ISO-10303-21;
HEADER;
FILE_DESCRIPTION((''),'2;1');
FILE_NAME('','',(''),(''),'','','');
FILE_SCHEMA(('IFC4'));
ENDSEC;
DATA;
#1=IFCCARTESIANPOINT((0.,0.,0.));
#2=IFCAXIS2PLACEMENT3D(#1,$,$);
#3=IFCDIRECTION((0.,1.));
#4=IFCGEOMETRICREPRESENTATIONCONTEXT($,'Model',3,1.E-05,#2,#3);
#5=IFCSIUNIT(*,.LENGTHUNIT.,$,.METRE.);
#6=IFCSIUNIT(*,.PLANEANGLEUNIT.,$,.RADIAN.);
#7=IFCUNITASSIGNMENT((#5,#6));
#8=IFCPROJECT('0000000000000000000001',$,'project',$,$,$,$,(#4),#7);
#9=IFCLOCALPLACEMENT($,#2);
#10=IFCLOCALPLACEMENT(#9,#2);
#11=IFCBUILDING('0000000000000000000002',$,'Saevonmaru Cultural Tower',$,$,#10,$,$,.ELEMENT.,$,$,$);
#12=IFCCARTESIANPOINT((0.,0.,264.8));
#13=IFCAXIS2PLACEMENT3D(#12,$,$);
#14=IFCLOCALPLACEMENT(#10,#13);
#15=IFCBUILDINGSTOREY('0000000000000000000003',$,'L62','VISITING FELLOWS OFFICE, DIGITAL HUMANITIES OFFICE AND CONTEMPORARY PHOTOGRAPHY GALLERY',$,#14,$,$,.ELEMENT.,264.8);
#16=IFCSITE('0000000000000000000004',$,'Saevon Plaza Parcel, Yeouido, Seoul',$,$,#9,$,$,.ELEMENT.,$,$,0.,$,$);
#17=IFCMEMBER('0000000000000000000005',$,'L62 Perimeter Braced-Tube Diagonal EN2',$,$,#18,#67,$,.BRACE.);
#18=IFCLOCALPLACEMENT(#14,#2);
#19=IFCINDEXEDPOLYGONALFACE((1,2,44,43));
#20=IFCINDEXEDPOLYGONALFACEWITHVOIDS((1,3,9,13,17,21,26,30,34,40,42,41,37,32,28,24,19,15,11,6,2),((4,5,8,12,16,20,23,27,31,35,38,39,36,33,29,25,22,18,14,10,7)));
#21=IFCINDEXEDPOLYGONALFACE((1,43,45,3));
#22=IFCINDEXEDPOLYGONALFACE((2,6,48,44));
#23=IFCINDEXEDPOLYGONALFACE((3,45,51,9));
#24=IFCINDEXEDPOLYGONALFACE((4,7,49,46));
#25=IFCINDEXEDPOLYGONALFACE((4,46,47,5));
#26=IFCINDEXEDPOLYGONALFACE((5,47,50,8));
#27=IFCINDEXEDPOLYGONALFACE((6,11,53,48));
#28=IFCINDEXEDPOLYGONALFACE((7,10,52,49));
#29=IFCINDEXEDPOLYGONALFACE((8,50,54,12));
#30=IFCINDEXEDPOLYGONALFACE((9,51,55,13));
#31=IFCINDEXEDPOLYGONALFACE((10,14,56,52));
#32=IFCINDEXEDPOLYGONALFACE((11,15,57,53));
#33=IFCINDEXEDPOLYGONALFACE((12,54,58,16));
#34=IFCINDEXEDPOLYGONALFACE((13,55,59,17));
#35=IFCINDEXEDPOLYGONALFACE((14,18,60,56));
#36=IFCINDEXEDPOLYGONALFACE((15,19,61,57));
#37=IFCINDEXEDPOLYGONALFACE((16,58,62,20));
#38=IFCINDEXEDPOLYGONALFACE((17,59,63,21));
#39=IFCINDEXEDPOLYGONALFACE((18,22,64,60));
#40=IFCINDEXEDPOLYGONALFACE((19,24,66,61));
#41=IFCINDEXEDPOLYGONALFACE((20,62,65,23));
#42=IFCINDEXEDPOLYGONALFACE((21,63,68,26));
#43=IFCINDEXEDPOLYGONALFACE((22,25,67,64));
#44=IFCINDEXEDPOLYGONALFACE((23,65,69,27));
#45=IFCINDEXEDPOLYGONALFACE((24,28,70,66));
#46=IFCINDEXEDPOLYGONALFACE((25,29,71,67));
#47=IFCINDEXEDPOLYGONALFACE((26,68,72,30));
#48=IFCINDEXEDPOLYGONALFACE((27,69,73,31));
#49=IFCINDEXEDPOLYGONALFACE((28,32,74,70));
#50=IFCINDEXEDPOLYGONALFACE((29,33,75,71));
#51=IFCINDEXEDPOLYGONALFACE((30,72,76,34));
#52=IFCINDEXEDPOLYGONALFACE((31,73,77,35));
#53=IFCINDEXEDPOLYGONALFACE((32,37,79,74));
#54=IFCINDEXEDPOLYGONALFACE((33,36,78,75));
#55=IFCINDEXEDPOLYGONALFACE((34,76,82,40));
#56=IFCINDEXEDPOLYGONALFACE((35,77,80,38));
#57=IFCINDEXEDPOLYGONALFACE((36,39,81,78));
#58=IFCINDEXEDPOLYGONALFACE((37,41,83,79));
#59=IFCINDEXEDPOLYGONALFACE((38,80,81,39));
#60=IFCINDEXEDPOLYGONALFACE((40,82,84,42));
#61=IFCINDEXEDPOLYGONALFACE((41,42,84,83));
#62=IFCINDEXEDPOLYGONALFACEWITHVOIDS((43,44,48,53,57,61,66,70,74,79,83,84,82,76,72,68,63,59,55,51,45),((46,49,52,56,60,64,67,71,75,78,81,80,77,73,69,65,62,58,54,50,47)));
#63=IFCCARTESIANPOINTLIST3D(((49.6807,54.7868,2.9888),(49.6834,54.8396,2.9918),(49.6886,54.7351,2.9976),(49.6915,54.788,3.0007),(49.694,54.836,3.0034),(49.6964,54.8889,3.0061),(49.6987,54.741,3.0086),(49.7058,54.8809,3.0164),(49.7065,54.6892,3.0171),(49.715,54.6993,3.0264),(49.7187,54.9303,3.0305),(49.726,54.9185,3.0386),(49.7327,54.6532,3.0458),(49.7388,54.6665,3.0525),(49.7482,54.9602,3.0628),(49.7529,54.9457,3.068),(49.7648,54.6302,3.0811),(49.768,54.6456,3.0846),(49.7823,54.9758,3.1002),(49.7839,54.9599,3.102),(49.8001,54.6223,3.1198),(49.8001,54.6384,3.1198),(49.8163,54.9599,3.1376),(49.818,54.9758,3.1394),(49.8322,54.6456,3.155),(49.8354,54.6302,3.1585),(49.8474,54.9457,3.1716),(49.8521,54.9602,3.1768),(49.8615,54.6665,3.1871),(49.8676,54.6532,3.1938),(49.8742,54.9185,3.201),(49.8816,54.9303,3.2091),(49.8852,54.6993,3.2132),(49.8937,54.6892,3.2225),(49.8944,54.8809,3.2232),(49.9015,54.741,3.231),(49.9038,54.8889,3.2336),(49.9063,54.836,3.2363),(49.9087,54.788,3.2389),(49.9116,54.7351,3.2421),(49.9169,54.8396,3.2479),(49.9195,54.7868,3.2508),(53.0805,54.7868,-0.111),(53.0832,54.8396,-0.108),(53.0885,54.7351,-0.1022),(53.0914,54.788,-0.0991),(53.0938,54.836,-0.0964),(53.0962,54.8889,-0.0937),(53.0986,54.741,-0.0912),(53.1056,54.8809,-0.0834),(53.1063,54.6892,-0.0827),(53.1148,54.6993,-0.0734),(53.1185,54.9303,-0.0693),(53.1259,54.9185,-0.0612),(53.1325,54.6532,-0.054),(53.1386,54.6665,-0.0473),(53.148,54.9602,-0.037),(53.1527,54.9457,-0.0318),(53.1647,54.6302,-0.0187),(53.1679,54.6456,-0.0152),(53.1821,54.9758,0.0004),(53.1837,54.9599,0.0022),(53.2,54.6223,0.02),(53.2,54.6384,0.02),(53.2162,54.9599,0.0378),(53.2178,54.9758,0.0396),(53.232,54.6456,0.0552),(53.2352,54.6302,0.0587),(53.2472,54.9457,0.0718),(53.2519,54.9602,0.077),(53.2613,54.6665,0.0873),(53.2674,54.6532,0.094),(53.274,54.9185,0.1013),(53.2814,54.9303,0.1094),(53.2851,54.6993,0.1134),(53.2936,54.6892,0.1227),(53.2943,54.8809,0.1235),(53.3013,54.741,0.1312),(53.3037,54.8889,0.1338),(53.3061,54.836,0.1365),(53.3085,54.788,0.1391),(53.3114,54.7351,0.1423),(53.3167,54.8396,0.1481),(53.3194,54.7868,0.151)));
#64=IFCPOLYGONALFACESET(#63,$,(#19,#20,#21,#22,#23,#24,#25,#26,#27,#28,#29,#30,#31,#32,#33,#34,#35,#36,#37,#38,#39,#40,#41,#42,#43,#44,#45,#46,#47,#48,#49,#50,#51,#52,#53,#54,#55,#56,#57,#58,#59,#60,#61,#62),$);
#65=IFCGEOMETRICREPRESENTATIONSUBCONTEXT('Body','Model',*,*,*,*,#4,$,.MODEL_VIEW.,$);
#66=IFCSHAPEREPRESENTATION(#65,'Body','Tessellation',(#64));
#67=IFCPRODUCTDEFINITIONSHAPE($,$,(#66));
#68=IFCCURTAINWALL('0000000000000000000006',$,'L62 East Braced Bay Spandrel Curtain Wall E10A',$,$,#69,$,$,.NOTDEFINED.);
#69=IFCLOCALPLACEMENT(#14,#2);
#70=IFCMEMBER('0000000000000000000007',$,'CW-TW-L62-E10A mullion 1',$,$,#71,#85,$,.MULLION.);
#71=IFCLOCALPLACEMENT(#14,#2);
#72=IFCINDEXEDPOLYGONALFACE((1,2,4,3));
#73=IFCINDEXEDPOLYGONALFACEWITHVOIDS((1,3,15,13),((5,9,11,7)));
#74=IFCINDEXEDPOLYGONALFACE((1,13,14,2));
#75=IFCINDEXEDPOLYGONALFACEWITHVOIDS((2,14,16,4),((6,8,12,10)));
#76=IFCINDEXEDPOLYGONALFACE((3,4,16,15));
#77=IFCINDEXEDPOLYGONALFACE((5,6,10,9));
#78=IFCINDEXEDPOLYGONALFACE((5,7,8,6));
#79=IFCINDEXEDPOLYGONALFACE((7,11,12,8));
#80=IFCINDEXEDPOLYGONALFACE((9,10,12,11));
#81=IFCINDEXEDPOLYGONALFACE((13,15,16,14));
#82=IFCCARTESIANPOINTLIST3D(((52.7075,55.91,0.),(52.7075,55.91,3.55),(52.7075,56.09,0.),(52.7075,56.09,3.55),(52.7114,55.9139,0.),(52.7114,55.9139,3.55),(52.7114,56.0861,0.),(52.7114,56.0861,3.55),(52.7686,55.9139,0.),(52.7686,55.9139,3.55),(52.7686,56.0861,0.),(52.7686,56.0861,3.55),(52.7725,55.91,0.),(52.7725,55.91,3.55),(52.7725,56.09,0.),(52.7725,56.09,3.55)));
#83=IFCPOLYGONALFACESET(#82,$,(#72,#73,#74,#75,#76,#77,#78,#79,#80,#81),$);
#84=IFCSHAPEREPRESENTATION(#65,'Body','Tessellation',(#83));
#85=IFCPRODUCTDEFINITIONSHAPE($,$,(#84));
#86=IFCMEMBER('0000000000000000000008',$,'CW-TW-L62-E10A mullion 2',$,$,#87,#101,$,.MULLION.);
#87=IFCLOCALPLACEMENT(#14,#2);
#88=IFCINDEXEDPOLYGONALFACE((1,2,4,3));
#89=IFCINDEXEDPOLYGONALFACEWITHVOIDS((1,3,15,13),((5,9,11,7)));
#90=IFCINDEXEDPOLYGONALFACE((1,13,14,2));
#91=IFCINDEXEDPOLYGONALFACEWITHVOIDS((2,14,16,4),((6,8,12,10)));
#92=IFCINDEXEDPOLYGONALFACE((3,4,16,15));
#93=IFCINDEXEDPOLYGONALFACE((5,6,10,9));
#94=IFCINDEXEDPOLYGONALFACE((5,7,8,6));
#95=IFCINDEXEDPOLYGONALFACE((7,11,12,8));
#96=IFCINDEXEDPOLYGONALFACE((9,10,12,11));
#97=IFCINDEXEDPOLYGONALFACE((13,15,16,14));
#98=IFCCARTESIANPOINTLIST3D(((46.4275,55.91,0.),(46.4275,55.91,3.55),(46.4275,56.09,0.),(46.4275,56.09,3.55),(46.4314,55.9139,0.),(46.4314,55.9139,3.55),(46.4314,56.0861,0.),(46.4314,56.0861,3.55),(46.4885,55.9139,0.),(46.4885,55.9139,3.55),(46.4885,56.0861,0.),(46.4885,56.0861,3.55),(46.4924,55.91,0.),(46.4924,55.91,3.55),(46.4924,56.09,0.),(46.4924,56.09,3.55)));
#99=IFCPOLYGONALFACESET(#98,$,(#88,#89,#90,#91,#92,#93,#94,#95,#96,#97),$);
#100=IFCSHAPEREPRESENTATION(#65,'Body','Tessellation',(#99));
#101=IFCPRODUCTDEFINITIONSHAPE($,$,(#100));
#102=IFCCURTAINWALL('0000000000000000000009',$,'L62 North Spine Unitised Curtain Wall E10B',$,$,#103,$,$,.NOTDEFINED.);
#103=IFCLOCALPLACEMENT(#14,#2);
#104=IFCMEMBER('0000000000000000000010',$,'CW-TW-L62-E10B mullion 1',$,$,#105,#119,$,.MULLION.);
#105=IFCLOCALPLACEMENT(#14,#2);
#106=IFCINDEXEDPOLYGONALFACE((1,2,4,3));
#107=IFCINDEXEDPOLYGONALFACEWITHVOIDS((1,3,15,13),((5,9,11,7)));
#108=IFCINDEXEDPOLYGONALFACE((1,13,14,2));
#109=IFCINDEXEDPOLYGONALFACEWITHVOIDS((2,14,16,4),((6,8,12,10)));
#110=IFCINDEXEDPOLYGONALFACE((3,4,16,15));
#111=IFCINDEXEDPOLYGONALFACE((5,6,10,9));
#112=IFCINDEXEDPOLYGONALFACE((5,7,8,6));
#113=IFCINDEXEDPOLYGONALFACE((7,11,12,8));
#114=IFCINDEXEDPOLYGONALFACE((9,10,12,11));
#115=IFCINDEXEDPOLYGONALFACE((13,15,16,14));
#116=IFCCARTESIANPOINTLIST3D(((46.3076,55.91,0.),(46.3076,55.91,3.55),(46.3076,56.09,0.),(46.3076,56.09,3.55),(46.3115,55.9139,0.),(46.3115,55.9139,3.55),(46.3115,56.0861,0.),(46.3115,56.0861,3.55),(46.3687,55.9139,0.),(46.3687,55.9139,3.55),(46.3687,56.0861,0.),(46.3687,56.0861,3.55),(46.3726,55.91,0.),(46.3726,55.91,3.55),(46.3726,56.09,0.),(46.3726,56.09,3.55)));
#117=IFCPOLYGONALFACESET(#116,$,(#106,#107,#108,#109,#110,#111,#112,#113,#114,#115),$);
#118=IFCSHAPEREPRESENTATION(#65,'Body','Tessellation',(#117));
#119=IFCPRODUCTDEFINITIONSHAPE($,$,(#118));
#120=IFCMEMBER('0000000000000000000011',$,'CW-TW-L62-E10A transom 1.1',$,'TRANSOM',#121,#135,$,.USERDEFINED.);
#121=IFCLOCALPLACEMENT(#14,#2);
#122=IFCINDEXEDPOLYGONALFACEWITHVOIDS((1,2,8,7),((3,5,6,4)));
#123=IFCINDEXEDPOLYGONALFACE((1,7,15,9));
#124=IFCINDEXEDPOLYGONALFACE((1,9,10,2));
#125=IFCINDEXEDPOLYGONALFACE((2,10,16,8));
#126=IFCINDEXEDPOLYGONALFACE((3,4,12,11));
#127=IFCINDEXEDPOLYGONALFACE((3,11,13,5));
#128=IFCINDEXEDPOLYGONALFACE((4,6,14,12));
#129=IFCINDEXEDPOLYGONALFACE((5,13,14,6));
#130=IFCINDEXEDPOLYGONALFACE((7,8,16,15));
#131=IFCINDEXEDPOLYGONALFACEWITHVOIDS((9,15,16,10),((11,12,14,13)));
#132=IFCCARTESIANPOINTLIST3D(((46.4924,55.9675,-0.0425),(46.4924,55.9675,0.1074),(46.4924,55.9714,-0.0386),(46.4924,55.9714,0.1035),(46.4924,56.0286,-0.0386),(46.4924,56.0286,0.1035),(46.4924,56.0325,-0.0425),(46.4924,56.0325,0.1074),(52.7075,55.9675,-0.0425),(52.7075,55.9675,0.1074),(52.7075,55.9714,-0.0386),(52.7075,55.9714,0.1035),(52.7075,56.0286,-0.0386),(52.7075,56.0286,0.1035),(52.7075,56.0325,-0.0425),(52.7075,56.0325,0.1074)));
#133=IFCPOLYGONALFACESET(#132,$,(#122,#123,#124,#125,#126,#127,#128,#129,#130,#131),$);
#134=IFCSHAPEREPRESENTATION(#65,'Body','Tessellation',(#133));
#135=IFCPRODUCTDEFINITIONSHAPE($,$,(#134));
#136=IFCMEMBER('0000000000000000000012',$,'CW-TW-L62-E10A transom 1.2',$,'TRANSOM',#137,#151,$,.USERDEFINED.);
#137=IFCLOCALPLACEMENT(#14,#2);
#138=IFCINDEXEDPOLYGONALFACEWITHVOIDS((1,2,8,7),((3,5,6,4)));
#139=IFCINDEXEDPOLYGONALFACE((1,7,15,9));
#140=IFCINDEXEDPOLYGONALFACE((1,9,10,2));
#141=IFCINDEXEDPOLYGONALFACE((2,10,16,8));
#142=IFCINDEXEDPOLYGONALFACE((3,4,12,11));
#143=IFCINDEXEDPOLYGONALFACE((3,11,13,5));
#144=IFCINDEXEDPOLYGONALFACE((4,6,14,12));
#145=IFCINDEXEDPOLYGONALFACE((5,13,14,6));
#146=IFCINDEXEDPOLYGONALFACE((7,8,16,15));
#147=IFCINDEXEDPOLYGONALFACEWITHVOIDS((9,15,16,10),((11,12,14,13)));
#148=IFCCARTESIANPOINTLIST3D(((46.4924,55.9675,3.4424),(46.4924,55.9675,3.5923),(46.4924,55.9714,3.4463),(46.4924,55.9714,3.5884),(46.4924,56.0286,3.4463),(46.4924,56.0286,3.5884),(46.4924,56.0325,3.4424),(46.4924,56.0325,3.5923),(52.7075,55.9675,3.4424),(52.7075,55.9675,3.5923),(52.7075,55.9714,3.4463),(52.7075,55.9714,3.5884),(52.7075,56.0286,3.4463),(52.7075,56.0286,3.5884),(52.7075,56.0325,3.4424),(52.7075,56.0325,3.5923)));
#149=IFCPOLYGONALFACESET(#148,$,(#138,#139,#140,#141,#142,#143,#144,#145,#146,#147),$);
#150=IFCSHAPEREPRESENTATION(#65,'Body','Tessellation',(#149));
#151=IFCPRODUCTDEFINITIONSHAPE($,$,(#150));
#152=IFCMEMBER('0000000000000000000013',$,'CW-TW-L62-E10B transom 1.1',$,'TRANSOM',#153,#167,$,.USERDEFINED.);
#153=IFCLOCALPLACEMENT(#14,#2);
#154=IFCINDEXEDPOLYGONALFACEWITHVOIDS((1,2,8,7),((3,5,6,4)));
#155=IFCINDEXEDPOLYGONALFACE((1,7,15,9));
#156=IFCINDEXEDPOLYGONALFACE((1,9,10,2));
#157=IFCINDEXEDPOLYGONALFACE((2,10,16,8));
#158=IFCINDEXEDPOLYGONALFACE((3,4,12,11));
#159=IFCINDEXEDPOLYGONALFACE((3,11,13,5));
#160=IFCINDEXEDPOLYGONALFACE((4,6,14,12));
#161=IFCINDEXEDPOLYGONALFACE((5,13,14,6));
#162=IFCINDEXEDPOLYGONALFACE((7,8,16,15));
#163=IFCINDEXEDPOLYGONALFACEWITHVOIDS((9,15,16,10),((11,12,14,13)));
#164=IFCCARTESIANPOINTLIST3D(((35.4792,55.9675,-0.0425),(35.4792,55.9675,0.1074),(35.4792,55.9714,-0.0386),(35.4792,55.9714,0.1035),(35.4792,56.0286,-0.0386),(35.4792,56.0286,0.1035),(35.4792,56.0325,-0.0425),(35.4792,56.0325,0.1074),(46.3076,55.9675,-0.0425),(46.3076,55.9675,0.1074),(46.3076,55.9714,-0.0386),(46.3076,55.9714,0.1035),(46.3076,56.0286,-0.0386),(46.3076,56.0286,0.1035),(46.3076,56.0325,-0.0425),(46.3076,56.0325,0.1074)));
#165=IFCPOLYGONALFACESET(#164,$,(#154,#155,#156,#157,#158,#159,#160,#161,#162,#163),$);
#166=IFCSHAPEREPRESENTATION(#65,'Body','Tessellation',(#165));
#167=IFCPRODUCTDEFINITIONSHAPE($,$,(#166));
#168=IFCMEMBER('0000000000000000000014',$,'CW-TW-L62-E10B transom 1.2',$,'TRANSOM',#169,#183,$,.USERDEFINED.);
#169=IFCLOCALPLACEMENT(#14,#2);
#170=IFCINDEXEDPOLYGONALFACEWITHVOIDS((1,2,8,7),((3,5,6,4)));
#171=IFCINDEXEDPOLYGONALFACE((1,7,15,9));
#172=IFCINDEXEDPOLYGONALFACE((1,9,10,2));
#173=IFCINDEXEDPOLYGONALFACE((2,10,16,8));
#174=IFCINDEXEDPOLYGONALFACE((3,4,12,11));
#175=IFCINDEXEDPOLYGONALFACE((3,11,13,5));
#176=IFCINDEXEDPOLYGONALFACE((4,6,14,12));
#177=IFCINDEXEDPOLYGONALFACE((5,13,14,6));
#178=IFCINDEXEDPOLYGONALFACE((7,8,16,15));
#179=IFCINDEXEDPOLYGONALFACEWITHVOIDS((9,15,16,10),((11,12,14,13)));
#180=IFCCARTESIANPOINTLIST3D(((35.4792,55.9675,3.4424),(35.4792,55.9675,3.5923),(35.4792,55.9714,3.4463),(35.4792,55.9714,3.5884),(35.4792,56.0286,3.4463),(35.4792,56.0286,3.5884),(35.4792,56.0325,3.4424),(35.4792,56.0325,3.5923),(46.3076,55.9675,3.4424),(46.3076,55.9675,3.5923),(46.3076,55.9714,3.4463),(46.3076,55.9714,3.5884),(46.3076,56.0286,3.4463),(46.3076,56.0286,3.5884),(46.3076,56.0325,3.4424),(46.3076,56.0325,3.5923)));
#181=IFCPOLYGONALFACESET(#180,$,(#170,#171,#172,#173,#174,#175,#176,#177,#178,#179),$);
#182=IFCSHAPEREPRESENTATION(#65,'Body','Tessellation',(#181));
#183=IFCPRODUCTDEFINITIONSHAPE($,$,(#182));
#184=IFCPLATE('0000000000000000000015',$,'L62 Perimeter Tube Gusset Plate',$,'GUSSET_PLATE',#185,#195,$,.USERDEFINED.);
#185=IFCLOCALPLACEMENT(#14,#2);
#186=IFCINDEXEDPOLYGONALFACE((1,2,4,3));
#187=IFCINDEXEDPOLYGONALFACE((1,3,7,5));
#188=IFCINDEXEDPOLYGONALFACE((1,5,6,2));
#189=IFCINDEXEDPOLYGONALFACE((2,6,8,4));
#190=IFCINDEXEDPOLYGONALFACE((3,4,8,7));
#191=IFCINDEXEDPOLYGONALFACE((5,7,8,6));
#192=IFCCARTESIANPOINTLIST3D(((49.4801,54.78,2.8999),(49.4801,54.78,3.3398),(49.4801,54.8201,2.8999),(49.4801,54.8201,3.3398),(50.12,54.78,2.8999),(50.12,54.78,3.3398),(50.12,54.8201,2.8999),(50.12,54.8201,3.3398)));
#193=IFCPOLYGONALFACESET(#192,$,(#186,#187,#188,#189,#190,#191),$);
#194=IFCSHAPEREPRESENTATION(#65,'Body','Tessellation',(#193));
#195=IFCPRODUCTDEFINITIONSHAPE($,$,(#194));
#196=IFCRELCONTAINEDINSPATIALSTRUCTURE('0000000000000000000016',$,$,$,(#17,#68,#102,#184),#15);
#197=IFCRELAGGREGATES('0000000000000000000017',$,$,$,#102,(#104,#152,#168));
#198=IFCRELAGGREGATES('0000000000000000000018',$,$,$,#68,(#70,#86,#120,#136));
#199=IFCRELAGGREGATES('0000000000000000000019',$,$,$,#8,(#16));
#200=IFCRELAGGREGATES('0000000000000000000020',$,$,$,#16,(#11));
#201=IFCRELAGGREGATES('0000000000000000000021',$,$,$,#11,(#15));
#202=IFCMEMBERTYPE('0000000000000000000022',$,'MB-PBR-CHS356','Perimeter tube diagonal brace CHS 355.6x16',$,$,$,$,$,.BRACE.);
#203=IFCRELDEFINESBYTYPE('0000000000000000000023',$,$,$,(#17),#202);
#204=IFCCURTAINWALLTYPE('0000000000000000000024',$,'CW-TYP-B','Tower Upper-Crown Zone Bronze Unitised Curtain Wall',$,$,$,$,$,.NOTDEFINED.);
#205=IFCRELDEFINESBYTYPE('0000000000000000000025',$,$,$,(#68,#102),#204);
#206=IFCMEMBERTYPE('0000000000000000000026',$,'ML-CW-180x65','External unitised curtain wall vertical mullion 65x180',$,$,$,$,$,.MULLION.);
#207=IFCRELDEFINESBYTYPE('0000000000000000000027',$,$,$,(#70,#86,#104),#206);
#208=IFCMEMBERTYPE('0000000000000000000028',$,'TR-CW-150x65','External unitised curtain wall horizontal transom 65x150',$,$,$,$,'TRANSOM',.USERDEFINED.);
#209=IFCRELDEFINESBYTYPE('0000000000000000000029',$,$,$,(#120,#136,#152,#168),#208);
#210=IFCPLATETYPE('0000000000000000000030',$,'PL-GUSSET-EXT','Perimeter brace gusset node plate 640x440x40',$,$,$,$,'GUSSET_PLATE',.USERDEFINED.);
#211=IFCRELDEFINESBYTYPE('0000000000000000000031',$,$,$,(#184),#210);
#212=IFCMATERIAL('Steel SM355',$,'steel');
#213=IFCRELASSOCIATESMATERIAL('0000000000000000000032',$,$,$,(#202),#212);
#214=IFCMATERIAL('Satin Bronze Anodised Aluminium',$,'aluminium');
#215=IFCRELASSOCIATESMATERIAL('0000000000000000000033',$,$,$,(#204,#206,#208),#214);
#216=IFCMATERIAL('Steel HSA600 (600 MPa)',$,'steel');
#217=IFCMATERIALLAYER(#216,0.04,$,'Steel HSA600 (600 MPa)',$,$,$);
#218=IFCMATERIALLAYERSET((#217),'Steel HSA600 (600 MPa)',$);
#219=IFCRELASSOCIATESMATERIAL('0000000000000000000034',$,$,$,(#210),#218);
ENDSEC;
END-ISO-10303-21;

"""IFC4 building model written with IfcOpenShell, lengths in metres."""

from ifc_helpers import new_model, si_unit, direction, frame, origin, origin_2d, place, context, subcontext, project, spatial, rectangle, hollow_rectangle, hollow_circle, extrude, material, layer, layer_set, material_profile, profile_set, type_object, element, aggregate, save


model = new_model("IFC4")

# Units and contexts
model_context = context("Model", 3, precision=1e-05, world=origin(), true_north=direction((0.0, 1.0)))
body_context = subcontext(model_context, "Body", "Model", "MODEL_VIEW")
ifc_project = project(units=[si_unit("LENGTHUNIT", "METRE"), si_unit("PLANEANGLEUNIT", "RADIAN")], contexts=[model_context])

# Site, building, storey
site_placement = place(None, origin())
site = spatial("IfcSite", under=ifc_project, at=site_placement, Name="Saevon Plaza Parcel, Yeouido, Seoul", CompositionType="ELEMENT", RefElevation=0.0)
building_placement = place(site_placement, origin())
building = spatial("IfcBuilding", under=site, at=building_placement, Name="Saevonmaru Cultural Tower", CompositionType="ELEMENT")
storey_placement = place(building_placement, frame((0.0, 0.0, 264.8)))
storey = spatial("IfcBuildingStorey", under=building, at=storey_placement, Name="L62", Description="VISITING FELLOWS OFFICE, DIGITAL HUMANITIES OFFICE AND CONTEMPORARY PHOTOGRAPHY GALLERY", CompositionType="ELEMENT", Elevation=264.8)

# Shared definitions
ifc_material_1 = material(Name="Steel SM355", Category="steel")

# Member
ifc_material_profile_1 = material_profile(ifc_material_1, hollow_circle(Radius=0.1777, WallThickness=0.0161, at=origin_2d()), Name="CHS-355.6x16")
ifc_profile_set_1 = profile_set([ifc_material_profile_1], Name="Steel SM355")
member_type_1 = type_object("IfcMemberType", Name="MB-PBR-CHS356", Description="Perimeter tube diagonal brace CHS 355.6x16", PredefinedType="BRACE", material=ifc_profile_set_1)
member_1_placement = place(storey_placement, frame((53.2, 54.8, 0.02), z_axis=(-0.738962, 0.0, 0.673747), x_axis=(0.0, -1.0, 0.0)))
element("IfcMember", 1, at=member_1_placement, inside=storey, type_object=member_type_1, Name="L62 Perimeter Braced-Tube Diagonal EN2", PredefinedType="BRACE", context=body_context, shape_type="SweptSolid", body=[
    extrude(hollow_circle(Radius=0.1777, WallThickness=0.0161, at=origin_2d()), origin(), (0.0, 0.0, 1.0), 4.6008),
])

# Curtain wall, members
ifc_material_2 = material(Name="Satin Bronze Anodised Aluminium", Category="aluminium")
curtain_wall_type = type_object("IfcCurtainWallType", Name="CW-TYP-B", Description="Tower Upper-Crown Zone Bronze Unitised Curtain Wall", PredefinedType="NOTDEFINED", material=ifc_material_2)
curtain_wall_1_placement = place(storey_placement, origin())
curtain_wall_1 = element("IfcCurtainWall", 2, at=curtain_wall_1_placement, inside=storey, type_object=curtain_wall_type, Name="L62 East Braced Bay Spandrel Curtain Wall E10A", PredefinedType="NOTDEFINED")
ifc_material_profile_2 = material_profile(ifc_material_2, hollow_rectangle(XDim=0.0649, YDim=0.1799, WallThickness=0.0039, at=origin_2d()), Name="ALU-MULL-180x65x4")
ifc_profile_set_2 = profile_set([ifc_material_profile_2], Name="Satin Bronze Anodised Aluminium")
member_type_2 = type_object("IfcMemberType", Name="ML-CW-180x65", Description="External unitised curtain wall vertical mullion 65x180", PredefinedType="MULLION", material=ifc_profile_set_2)
member_2_placement = place(storey_placement, frame((52.74, 56.0, 0.0), z_axis=(0.0, 0.0, 1.0), x_axis=(-1.0, 0.0, 0.0)))
member_2 = element("IfcMember", 3, at=member_2_placement, type_object=member_type_2, Name="CW-TW-L62-E10A mullion 1", PredefinedType="MULLION", context=body_context, shape_type="SweptSolid", body=[
    extrude(hollow_rectangle(XDim=0.0649, YDim=0.1799, WallThickness=0.0039, at=origin_2d()), origin(), (0.0, 0.0, 1.0), 3.55),
])
member_3_placement = place(storey_placement, frame((46.46, 56.0, 0.0), z_axis=(0.0, 0.0, 1.0), x_axis=(-1.0, 0.0, 0.0)))
member_3 = element("IfcMember", 4, at=member_3_placement, type_object=member_type_2, Name="CW-TW-L62-E10A mullion 2", PredefinedType="MULLION", context=body_context, shape_type="SweptSolid", body=[
    extrude(hollow_rectangle(XDim=0.0649, YDim=0.1799, WallThickness=0.0039, at=origin_2d()), origin(), (0.0, 0.0, 1.0), 3.55),
])

# Curtain wall, member
curtain_wall_2_placement = place(storey_placement, origin())
curtain_wall_2 = element("IfcCurtainWall", 5, at=curtain_wall_2_placement, inside=storey, type_object=curtain_wall_type, Name="L62 North Spine Unitised Curtain Wall E10B", PredefinedType="NOTDEFINED")
member_4_placement = place(storey_placement, frame((46.3401, 56.0, 0.0), z_axis=(0.0, 0.0, 1.0), x_axis=(-1.0, 0.0, 0.0)))
member_4 = element("IfcMember", 6, at=member_4_placement, type_object=member_type_2, Name="CW-TW-L62-E10B mullion 1", PredefinedType="MULLION", context=body_context, shape_type="SweptSolid", body=[
    extrude(hollow_rectangle(XDim=0.0649, YDim=0.1799, WallThickness=0.0039, at=origin_2d()), origin(), (0.0, 0.0, 1.0), 3.55),
])

# Members
ifc_material_profile_3 = material_profile(ifc_material_2, hollow_rectangle(XDim=0.0649, YDim=0.1499, WallThickness=0.0039, at=origin_2d()), Name="ALU-TRAN-150x65x4")
ifc_profile_set_3 = profile_set([ifc_material_profile_3], Name="Satin Bronze Anodised Aluminium")
member_type_3 = type_object("IfcMemberType", Name="TR-CW-150x65", Description="External unitised curtain wall horizontal transom 65x150", ElementType="TRANSOM", PredefinedType="USERDEFINED", material=ifc_profile_set_3)
member_5_placement = place(storey_placement, frame((52.7075, 56.0, 0.0325), z_axis=(-1.0, 0.0, 0.0), x_axis=(0.0, -1.0, 0.0)))
member_5 = element("IfcMember", 7, at=member_5_placement, type_object=member_type_3, Name="CW-TW-L62-E10A transom 1.1", ObjectType="TRANSOM", PredefinedType="USERDEFINED", context=body_context, shape_type="SweptSolid", body=[
    extrude(hollow_rectangle(XDim=0.0649, YDim=0.1499, WallThickness=0.0039, at=origin_2d()), origin(), (0.0, 0.0, 1.0), 6.2151),
])
member_6_placement = place(storey_placement, frame((52.7075, 56.0, 3.5173), z_axis=(-1.0, 0.0, 0.0), x_axis=(0.0, -1.0, 0.0)))
member_6 = element("IfcMember", 8, at=member_6_placement, type_object=member_type_3, Name="CW-TW-L62-E10A transom 1.2", ObjectType="TRANSOM", PredefinedType="USERDEFINED", context=body_context, shape_type="SweptSolid", body=[
    extrude(hollow_rectangle(XDim=0.0649, YDim=0.1499, WallThickness=0.0039, at=origin_2d()), origin(), (0.0, 0.0, 1.0), 6.2151),
])
member_7_placement = place(storey_placement, frame((46.3076, 56.0, 0.0325), z_axis=(-1.0, 0.0, 0.0), x_axis=(0.0, -1.0, 0.0)))
member_7 = element("IfcMember", 9, at=member_7_placement, type_object=member_type_3, Name="CW-TW-L62-E10B transom 1.1", ObjectType="TRANSOM", PredefinedType="USERDEFINED", context=body_context, shape_type="SweptSolid", body=[
    extrude(hollow_rectangle(XDim=0.0649, YDim=0.1499, WallThickness=0.0039, at=origin_2d()), origin(), (0.0, 0.0, 1.0), 10.8284),
])
member_8_placement = place(storey_placement, frame((46.3076, 56.0, 3.5173), z_axis=(-1.0, 0.0, 0.0), x_axis=(0.0, -1.0, 0.0)))
member_8 = element("IfcMember", 10, at=member_8_placement, type_object=member_type_3, Name="CW-TW-L62-E10B transom 1.2", ObjectType="TRANSOM", PredefinedType="USERDEFINED", context=body_context, shape_type="SweptSolid", body=[
    extrude(hollow_rectangle(XDim=0.0649, YDim=0.1499, WallThickness=0.0039, at=origin_2d()), origin(), (0.0, 0.0, 1.0), 10.8284),
])
aggregate(curtain_wall_2, [member_4, member_7, member_8])

# Plate
ifc_material_3 = material(Name="Steel HSA600 (600 MPa)", Category="steel")
ifc_layer_1 = layer(ifc_material_3, 0.04, Name="Steel HSA600 (600 MPa)")
ifc_layer_set_1 = layer_set([ifc_layer_1], Name="Steel HSA600 (600 MPa)")
plate_type_1 = type_object("IfcPlateType", Name="PL-GUSSET-EXT", Description="Perimeter brace gusset node plate 640x440x40", ElementType="GUSSET_PLATE", PredefinedType="USERDEFINED", material=ifc_layer_set_1)
for number, where, z_axis, x_axis, name in (
    (11, (49.8, 54.8, 2.8999), (0.0, 0.0, 1.0), (1.0, 0.0, 0.0), "L62 Perimeter Tube Gusset Plate"),
):
    element("IfcPlate", number, at=place(storey_placement, frame(where, z_axis=z_axis, x_axis=x_axis)), inside=storey, type_object=plate_type_1, Name=name, ObjectType="GUSSET_PLATE", PredefinedType="USERDEFINED", context=body_context, shape_type="SweptSolid", body=[
        extrude(rectangle(XDim=0.6399, YDim=0.04, at=origin_2d()), origin(), (0.0, 0.0, 1.0), 0.4399),
    ])

aggregate(curtain_wall_1, [member_2, member_3, member_5, member_6])

save(model, "model.ifc")
